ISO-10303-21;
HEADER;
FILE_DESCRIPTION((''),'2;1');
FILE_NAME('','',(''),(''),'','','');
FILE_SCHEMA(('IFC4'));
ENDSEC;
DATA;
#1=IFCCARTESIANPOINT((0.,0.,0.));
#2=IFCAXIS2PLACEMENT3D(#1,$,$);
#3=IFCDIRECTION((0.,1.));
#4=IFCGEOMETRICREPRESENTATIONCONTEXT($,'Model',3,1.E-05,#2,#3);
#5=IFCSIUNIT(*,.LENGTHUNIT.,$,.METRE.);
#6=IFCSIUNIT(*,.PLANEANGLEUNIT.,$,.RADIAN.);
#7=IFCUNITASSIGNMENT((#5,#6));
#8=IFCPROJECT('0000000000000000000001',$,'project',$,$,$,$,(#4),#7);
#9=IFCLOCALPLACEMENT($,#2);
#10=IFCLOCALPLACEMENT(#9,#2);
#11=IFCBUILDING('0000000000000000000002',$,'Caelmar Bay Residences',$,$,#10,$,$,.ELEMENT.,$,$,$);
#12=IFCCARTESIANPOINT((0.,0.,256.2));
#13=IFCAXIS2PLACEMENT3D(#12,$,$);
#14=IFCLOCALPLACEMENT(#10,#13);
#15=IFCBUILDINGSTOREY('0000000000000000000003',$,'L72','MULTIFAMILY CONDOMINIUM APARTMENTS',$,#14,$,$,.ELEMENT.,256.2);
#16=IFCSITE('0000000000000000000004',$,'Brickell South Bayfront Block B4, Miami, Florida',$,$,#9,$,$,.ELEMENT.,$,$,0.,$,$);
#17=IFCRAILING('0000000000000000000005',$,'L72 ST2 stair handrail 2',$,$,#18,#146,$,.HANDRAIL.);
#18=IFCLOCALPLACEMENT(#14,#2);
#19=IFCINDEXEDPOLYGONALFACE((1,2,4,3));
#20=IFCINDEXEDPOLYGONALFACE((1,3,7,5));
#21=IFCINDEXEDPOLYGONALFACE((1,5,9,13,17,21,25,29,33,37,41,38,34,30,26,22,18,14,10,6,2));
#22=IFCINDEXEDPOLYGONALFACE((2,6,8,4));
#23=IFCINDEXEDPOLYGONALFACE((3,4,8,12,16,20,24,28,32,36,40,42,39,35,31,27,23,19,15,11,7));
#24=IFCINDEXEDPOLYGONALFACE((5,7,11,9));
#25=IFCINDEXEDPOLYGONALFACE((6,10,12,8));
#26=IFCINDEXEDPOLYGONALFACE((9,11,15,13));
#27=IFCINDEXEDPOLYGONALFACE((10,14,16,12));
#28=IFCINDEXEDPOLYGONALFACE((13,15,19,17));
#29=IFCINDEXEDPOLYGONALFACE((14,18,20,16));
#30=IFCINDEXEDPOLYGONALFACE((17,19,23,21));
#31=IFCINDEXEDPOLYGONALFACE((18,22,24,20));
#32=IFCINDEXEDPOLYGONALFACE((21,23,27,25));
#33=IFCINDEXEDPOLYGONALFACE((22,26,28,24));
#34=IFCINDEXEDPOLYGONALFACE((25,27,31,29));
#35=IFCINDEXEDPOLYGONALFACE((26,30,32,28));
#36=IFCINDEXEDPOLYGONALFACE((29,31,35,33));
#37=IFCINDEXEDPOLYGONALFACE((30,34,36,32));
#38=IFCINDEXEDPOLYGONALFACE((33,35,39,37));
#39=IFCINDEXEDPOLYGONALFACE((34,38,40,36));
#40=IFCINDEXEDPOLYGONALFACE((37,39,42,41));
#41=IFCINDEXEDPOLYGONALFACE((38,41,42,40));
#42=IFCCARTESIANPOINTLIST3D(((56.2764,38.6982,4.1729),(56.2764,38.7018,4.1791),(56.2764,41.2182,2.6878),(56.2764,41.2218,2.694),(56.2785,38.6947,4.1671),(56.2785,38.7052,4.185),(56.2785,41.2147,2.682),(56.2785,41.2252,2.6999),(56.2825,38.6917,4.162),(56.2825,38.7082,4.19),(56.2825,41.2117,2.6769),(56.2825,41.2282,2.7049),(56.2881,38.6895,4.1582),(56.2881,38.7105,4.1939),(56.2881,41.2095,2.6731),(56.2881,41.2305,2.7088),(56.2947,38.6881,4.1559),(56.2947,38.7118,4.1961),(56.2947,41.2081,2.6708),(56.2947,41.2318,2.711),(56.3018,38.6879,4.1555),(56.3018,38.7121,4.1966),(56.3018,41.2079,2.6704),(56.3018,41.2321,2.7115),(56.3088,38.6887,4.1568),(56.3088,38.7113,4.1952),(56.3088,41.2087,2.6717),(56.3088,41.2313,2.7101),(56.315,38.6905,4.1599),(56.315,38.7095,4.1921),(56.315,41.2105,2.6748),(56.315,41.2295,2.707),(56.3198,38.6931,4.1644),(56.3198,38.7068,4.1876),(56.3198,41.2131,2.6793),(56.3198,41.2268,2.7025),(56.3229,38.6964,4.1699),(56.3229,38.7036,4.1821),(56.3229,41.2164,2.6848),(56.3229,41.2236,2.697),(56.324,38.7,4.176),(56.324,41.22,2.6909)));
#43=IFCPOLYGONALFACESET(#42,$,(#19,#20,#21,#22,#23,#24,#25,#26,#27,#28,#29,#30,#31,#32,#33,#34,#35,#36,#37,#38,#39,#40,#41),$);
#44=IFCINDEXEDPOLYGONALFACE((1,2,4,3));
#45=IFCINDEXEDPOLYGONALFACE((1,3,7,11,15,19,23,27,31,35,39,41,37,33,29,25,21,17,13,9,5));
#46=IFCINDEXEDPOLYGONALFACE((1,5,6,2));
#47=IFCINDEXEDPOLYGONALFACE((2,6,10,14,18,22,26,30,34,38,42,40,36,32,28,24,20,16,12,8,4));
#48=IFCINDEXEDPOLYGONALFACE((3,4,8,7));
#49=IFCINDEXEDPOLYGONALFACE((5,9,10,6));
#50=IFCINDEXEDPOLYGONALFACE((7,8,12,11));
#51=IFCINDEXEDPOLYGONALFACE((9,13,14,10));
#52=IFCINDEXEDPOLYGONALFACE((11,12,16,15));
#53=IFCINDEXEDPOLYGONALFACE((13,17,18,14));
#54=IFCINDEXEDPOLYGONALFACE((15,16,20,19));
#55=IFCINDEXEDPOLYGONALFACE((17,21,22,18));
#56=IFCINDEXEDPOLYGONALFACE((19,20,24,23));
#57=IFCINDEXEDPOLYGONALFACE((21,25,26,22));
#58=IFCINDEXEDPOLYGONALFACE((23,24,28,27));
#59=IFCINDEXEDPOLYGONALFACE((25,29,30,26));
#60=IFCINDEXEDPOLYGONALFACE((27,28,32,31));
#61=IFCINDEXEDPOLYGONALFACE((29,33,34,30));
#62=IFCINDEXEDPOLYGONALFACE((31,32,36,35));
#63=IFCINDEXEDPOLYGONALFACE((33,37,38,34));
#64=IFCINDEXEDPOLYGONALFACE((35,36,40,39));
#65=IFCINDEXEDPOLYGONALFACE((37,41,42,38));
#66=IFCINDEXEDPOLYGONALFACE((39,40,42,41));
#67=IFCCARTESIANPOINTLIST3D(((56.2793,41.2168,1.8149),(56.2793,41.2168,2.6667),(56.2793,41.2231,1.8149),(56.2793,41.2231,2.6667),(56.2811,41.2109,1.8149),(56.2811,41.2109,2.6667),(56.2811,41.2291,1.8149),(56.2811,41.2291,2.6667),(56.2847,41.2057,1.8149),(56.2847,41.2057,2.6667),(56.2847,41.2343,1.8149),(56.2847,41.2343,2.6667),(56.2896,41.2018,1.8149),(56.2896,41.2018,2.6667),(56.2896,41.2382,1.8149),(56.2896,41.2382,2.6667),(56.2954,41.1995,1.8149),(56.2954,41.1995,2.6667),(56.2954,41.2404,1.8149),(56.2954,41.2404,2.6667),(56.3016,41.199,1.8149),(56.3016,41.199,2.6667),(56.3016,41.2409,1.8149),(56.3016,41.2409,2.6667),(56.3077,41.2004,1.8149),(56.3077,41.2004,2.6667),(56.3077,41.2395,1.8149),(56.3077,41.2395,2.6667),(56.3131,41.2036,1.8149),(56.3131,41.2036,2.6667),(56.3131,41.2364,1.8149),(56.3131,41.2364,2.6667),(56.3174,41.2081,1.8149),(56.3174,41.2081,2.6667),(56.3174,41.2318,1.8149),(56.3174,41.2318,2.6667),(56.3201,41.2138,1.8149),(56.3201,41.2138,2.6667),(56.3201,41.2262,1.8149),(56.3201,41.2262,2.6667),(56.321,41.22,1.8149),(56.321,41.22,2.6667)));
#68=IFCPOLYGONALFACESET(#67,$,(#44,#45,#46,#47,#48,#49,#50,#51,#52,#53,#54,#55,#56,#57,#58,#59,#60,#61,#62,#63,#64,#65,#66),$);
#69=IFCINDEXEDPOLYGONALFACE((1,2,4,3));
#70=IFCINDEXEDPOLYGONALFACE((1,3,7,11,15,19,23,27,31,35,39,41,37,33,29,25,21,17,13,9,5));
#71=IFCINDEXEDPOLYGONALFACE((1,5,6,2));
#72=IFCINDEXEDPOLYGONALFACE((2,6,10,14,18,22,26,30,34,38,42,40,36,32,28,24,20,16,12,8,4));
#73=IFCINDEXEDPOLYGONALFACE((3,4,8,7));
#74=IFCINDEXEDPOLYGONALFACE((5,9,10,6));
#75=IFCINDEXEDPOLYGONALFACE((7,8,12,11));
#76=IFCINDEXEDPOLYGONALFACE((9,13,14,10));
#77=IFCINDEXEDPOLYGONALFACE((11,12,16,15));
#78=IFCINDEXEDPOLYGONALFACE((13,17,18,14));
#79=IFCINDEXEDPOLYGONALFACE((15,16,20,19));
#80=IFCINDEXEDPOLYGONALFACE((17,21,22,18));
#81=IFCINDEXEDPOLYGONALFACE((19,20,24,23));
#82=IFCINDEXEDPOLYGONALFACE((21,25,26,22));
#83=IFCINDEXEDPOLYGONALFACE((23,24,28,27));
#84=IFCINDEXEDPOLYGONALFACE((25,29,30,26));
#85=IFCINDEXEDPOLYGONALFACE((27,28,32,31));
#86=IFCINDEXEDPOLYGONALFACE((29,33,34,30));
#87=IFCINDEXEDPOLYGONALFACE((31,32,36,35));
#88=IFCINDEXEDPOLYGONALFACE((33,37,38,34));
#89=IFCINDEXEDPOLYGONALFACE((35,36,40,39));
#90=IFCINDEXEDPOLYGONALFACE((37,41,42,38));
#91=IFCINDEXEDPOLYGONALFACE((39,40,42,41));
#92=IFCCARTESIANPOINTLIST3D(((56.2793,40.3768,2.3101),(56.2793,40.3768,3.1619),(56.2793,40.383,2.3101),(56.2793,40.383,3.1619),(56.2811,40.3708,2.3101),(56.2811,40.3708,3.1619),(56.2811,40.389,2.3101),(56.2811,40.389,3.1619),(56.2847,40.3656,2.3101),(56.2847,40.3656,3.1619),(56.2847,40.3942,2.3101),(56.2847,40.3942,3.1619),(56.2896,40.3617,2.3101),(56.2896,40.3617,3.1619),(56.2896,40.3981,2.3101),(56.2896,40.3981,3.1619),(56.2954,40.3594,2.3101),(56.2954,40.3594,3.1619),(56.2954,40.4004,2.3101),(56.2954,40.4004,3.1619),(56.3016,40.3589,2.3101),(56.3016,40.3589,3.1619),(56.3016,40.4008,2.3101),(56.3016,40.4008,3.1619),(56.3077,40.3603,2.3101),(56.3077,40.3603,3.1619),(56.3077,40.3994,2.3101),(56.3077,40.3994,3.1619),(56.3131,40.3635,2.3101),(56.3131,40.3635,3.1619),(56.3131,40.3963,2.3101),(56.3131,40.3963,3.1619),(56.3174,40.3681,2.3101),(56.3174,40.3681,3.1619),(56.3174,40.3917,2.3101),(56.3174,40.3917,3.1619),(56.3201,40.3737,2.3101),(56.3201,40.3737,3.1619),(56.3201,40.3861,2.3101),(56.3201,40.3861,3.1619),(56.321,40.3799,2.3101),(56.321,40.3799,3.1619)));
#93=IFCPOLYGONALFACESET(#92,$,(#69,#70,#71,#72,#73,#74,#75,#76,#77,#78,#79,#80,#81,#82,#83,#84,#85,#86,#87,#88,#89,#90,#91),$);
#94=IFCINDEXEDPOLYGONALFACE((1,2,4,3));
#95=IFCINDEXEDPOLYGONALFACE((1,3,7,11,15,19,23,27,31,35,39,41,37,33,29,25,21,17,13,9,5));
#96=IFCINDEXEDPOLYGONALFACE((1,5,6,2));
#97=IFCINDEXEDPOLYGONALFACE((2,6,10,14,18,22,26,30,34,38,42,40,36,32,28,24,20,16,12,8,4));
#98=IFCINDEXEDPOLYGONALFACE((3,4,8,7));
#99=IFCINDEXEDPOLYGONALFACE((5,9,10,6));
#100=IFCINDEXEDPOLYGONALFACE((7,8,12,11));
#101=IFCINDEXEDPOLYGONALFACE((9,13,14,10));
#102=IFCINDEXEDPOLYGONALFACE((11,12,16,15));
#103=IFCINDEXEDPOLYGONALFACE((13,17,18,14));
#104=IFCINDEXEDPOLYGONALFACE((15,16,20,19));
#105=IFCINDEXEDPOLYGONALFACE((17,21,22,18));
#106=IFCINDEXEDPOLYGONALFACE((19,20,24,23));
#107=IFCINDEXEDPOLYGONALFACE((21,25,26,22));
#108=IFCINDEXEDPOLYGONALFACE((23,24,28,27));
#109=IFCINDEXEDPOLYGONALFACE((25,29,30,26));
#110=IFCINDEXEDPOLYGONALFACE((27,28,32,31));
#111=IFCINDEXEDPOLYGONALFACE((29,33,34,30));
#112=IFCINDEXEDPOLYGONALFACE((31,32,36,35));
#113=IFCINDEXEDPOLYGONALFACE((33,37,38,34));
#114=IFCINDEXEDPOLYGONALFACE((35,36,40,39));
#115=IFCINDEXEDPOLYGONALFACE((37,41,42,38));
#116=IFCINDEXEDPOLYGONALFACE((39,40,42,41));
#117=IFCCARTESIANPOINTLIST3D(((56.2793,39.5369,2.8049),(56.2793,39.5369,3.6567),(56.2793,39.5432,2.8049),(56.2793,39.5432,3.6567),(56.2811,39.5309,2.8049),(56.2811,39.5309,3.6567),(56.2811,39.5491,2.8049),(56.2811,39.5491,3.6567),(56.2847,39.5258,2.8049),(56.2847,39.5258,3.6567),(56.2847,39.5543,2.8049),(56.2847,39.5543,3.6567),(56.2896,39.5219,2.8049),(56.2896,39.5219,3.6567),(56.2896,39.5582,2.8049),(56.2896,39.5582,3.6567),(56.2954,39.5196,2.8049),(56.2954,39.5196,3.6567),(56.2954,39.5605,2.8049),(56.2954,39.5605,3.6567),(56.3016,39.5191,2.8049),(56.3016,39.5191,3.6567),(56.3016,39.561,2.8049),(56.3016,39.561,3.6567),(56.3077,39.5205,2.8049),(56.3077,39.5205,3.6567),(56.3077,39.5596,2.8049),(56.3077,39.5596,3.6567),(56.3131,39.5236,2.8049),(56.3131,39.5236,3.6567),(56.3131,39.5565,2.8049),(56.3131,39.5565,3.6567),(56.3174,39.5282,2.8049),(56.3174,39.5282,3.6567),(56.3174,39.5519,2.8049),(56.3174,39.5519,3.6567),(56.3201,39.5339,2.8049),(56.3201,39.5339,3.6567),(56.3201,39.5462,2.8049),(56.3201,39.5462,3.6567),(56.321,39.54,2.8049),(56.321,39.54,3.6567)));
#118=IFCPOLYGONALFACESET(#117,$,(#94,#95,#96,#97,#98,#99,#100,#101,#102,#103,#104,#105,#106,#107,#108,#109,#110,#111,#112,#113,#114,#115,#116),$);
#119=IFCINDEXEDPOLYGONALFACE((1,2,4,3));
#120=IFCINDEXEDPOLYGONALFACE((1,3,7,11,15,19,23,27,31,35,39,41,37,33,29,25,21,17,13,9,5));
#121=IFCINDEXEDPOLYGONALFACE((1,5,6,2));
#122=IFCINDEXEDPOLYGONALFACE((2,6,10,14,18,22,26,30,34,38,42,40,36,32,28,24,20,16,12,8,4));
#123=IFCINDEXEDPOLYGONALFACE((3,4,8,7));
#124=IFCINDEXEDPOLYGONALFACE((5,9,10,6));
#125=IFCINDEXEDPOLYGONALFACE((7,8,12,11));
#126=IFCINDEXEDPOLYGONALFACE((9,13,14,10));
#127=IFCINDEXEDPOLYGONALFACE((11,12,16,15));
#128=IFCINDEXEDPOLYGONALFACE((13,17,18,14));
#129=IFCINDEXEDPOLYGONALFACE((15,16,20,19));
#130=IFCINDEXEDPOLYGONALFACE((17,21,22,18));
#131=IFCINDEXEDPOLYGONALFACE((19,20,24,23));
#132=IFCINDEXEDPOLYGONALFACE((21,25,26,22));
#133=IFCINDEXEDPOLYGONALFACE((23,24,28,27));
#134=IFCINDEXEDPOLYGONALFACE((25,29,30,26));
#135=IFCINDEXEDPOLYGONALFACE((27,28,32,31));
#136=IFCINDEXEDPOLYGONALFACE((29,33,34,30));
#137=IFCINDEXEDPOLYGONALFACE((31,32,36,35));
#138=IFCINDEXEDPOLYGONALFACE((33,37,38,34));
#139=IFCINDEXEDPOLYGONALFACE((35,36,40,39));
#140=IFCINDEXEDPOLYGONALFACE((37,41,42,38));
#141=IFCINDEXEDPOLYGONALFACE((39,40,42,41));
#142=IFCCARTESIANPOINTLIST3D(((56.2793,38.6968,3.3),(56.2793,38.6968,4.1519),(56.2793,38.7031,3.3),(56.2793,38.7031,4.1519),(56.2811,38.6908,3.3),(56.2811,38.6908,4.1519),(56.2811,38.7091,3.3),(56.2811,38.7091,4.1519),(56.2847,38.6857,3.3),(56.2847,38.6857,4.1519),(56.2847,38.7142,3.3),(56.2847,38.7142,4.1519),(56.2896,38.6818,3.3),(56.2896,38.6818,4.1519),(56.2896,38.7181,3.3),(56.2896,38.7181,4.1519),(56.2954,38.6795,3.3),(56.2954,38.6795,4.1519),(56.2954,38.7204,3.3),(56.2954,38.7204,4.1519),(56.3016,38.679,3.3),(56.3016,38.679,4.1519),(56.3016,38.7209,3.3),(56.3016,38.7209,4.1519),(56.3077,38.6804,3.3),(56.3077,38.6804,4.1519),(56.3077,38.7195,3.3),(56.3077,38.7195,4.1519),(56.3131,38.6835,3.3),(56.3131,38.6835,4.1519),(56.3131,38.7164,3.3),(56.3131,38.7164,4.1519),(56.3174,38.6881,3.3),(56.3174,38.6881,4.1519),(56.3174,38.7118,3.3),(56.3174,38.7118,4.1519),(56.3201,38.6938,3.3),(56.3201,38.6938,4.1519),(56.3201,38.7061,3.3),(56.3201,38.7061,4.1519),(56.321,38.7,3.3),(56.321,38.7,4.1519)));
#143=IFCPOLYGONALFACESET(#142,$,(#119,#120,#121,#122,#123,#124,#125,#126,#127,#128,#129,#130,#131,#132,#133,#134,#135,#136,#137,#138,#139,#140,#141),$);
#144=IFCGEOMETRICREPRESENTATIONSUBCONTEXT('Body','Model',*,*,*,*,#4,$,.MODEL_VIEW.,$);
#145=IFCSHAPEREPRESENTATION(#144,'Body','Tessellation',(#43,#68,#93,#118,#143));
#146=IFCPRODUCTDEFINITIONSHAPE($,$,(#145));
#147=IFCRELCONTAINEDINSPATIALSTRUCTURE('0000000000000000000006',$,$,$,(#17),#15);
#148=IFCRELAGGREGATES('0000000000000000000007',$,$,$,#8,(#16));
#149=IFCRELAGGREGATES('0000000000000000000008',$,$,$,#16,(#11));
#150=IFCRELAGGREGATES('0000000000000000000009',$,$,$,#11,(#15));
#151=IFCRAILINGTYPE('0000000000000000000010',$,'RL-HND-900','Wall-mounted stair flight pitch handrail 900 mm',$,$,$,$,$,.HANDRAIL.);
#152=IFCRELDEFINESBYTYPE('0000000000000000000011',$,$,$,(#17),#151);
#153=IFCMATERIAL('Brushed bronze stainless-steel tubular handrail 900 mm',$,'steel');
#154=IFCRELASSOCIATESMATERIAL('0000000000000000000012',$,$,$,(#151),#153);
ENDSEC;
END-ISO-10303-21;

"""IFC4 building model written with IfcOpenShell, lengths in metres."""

from ifc_helpers import new_model, si_unit, direction, frame, origin, origin_2d, place, context, subcontext, project, spatial, circle, extrude, material, type_object, element, save


model = new_model("IFC4")

# Units and contexts
model_context = context("Model", 3, precision=1e-05, world=origin(), true_north=direction((0.0, 1.0)))
body_context = subcontext(model_context, "Body", "Model", "MODEL_VIEW")
ifc_project = project(units=[si_unit("LENGTHUNIT", "METRE"), si_unit("PLANEANGLEUNIT", "RADIAN")], contexts=[model_context])

# Site, building, storey
site_placement = place(None, origin())
site = spatial("IfcSite", under=ifc_project, at=site_placement, Name="Brickell South Bayfront Block B4, Miami, Florida", CompositionType="ELEMENT", RefElevation=0.0)
building_placement = place(site_placement, origin())
building = spatial("IfcBuilding", under=site, at=building_placement, Name="Caelmar Bay Residences", CompositionType="ELEMENT")
storey_placement = place(building_placement, frame((0.0, 0.0, 256.2)))
storey = spatial("IfcBuildingStorey", under=building, at=storey_placement, Name="L72", Description="MULTIFAMILY CONDOMINIUM APARTMENTS", CompositionType="ELEMENT", Elevation=256.2)

# Railing
ifc_material_1 = material(Name="Brushed bronze stainless-steel tubular handrail 900 mm", Category="steel")
railing_type_1 = type_object("IfcRailingType", Name="RL-HND-900", Description="Wall-mounted stair flight pitch handrail 900 mm", PredefinedType="HANDRAIL", material=ifc_material_1)
railing_1_placement = place(storey_placement, frame((56.3, 41.22, 1.8149)))
element("IfcRailing", 1, at=railing_1_placement, inside=storey, type_object=railing_type_1, Name="L72 ST2 stair handrail 2", PredefinedType="HANDRAIL", context=body_context, shape_type="SweptSolid", body=[
    extrude(circle(Radius=0.0239, at=origin_2d()), frame((0.0, 0.0, 0.876), z_axis=(0.0, -0.861524, 0.507717), x_axis=(1.0, 0.0, 0.0)), (0.0, 0.0, 1.0), 2.925),
    extrude(circle(Radius=0.021, at=origin_2d()), origin(), (0.0, 0.0, 1.0), 0.8518),
    extrude(circle(Radius=0.021, at=origin_2d()), frame((0.0, -0.8401, 0.4951)), (0.0, 0.0, 1.0), 0.8518),
    extrude(circle(Radius=0.021, at=origin_2d()), frame((0.0, -1.6799, 0.99)), (0.0, 0.0, 1.0), 0.8518),
    extrude(circle(Radius=0.021, at=origin_2d()), frame((0.0, -2.52, 1.4851)), (0.0, 0.0, 1.0), 0.8518),
])

save(model, "model.ifc")
